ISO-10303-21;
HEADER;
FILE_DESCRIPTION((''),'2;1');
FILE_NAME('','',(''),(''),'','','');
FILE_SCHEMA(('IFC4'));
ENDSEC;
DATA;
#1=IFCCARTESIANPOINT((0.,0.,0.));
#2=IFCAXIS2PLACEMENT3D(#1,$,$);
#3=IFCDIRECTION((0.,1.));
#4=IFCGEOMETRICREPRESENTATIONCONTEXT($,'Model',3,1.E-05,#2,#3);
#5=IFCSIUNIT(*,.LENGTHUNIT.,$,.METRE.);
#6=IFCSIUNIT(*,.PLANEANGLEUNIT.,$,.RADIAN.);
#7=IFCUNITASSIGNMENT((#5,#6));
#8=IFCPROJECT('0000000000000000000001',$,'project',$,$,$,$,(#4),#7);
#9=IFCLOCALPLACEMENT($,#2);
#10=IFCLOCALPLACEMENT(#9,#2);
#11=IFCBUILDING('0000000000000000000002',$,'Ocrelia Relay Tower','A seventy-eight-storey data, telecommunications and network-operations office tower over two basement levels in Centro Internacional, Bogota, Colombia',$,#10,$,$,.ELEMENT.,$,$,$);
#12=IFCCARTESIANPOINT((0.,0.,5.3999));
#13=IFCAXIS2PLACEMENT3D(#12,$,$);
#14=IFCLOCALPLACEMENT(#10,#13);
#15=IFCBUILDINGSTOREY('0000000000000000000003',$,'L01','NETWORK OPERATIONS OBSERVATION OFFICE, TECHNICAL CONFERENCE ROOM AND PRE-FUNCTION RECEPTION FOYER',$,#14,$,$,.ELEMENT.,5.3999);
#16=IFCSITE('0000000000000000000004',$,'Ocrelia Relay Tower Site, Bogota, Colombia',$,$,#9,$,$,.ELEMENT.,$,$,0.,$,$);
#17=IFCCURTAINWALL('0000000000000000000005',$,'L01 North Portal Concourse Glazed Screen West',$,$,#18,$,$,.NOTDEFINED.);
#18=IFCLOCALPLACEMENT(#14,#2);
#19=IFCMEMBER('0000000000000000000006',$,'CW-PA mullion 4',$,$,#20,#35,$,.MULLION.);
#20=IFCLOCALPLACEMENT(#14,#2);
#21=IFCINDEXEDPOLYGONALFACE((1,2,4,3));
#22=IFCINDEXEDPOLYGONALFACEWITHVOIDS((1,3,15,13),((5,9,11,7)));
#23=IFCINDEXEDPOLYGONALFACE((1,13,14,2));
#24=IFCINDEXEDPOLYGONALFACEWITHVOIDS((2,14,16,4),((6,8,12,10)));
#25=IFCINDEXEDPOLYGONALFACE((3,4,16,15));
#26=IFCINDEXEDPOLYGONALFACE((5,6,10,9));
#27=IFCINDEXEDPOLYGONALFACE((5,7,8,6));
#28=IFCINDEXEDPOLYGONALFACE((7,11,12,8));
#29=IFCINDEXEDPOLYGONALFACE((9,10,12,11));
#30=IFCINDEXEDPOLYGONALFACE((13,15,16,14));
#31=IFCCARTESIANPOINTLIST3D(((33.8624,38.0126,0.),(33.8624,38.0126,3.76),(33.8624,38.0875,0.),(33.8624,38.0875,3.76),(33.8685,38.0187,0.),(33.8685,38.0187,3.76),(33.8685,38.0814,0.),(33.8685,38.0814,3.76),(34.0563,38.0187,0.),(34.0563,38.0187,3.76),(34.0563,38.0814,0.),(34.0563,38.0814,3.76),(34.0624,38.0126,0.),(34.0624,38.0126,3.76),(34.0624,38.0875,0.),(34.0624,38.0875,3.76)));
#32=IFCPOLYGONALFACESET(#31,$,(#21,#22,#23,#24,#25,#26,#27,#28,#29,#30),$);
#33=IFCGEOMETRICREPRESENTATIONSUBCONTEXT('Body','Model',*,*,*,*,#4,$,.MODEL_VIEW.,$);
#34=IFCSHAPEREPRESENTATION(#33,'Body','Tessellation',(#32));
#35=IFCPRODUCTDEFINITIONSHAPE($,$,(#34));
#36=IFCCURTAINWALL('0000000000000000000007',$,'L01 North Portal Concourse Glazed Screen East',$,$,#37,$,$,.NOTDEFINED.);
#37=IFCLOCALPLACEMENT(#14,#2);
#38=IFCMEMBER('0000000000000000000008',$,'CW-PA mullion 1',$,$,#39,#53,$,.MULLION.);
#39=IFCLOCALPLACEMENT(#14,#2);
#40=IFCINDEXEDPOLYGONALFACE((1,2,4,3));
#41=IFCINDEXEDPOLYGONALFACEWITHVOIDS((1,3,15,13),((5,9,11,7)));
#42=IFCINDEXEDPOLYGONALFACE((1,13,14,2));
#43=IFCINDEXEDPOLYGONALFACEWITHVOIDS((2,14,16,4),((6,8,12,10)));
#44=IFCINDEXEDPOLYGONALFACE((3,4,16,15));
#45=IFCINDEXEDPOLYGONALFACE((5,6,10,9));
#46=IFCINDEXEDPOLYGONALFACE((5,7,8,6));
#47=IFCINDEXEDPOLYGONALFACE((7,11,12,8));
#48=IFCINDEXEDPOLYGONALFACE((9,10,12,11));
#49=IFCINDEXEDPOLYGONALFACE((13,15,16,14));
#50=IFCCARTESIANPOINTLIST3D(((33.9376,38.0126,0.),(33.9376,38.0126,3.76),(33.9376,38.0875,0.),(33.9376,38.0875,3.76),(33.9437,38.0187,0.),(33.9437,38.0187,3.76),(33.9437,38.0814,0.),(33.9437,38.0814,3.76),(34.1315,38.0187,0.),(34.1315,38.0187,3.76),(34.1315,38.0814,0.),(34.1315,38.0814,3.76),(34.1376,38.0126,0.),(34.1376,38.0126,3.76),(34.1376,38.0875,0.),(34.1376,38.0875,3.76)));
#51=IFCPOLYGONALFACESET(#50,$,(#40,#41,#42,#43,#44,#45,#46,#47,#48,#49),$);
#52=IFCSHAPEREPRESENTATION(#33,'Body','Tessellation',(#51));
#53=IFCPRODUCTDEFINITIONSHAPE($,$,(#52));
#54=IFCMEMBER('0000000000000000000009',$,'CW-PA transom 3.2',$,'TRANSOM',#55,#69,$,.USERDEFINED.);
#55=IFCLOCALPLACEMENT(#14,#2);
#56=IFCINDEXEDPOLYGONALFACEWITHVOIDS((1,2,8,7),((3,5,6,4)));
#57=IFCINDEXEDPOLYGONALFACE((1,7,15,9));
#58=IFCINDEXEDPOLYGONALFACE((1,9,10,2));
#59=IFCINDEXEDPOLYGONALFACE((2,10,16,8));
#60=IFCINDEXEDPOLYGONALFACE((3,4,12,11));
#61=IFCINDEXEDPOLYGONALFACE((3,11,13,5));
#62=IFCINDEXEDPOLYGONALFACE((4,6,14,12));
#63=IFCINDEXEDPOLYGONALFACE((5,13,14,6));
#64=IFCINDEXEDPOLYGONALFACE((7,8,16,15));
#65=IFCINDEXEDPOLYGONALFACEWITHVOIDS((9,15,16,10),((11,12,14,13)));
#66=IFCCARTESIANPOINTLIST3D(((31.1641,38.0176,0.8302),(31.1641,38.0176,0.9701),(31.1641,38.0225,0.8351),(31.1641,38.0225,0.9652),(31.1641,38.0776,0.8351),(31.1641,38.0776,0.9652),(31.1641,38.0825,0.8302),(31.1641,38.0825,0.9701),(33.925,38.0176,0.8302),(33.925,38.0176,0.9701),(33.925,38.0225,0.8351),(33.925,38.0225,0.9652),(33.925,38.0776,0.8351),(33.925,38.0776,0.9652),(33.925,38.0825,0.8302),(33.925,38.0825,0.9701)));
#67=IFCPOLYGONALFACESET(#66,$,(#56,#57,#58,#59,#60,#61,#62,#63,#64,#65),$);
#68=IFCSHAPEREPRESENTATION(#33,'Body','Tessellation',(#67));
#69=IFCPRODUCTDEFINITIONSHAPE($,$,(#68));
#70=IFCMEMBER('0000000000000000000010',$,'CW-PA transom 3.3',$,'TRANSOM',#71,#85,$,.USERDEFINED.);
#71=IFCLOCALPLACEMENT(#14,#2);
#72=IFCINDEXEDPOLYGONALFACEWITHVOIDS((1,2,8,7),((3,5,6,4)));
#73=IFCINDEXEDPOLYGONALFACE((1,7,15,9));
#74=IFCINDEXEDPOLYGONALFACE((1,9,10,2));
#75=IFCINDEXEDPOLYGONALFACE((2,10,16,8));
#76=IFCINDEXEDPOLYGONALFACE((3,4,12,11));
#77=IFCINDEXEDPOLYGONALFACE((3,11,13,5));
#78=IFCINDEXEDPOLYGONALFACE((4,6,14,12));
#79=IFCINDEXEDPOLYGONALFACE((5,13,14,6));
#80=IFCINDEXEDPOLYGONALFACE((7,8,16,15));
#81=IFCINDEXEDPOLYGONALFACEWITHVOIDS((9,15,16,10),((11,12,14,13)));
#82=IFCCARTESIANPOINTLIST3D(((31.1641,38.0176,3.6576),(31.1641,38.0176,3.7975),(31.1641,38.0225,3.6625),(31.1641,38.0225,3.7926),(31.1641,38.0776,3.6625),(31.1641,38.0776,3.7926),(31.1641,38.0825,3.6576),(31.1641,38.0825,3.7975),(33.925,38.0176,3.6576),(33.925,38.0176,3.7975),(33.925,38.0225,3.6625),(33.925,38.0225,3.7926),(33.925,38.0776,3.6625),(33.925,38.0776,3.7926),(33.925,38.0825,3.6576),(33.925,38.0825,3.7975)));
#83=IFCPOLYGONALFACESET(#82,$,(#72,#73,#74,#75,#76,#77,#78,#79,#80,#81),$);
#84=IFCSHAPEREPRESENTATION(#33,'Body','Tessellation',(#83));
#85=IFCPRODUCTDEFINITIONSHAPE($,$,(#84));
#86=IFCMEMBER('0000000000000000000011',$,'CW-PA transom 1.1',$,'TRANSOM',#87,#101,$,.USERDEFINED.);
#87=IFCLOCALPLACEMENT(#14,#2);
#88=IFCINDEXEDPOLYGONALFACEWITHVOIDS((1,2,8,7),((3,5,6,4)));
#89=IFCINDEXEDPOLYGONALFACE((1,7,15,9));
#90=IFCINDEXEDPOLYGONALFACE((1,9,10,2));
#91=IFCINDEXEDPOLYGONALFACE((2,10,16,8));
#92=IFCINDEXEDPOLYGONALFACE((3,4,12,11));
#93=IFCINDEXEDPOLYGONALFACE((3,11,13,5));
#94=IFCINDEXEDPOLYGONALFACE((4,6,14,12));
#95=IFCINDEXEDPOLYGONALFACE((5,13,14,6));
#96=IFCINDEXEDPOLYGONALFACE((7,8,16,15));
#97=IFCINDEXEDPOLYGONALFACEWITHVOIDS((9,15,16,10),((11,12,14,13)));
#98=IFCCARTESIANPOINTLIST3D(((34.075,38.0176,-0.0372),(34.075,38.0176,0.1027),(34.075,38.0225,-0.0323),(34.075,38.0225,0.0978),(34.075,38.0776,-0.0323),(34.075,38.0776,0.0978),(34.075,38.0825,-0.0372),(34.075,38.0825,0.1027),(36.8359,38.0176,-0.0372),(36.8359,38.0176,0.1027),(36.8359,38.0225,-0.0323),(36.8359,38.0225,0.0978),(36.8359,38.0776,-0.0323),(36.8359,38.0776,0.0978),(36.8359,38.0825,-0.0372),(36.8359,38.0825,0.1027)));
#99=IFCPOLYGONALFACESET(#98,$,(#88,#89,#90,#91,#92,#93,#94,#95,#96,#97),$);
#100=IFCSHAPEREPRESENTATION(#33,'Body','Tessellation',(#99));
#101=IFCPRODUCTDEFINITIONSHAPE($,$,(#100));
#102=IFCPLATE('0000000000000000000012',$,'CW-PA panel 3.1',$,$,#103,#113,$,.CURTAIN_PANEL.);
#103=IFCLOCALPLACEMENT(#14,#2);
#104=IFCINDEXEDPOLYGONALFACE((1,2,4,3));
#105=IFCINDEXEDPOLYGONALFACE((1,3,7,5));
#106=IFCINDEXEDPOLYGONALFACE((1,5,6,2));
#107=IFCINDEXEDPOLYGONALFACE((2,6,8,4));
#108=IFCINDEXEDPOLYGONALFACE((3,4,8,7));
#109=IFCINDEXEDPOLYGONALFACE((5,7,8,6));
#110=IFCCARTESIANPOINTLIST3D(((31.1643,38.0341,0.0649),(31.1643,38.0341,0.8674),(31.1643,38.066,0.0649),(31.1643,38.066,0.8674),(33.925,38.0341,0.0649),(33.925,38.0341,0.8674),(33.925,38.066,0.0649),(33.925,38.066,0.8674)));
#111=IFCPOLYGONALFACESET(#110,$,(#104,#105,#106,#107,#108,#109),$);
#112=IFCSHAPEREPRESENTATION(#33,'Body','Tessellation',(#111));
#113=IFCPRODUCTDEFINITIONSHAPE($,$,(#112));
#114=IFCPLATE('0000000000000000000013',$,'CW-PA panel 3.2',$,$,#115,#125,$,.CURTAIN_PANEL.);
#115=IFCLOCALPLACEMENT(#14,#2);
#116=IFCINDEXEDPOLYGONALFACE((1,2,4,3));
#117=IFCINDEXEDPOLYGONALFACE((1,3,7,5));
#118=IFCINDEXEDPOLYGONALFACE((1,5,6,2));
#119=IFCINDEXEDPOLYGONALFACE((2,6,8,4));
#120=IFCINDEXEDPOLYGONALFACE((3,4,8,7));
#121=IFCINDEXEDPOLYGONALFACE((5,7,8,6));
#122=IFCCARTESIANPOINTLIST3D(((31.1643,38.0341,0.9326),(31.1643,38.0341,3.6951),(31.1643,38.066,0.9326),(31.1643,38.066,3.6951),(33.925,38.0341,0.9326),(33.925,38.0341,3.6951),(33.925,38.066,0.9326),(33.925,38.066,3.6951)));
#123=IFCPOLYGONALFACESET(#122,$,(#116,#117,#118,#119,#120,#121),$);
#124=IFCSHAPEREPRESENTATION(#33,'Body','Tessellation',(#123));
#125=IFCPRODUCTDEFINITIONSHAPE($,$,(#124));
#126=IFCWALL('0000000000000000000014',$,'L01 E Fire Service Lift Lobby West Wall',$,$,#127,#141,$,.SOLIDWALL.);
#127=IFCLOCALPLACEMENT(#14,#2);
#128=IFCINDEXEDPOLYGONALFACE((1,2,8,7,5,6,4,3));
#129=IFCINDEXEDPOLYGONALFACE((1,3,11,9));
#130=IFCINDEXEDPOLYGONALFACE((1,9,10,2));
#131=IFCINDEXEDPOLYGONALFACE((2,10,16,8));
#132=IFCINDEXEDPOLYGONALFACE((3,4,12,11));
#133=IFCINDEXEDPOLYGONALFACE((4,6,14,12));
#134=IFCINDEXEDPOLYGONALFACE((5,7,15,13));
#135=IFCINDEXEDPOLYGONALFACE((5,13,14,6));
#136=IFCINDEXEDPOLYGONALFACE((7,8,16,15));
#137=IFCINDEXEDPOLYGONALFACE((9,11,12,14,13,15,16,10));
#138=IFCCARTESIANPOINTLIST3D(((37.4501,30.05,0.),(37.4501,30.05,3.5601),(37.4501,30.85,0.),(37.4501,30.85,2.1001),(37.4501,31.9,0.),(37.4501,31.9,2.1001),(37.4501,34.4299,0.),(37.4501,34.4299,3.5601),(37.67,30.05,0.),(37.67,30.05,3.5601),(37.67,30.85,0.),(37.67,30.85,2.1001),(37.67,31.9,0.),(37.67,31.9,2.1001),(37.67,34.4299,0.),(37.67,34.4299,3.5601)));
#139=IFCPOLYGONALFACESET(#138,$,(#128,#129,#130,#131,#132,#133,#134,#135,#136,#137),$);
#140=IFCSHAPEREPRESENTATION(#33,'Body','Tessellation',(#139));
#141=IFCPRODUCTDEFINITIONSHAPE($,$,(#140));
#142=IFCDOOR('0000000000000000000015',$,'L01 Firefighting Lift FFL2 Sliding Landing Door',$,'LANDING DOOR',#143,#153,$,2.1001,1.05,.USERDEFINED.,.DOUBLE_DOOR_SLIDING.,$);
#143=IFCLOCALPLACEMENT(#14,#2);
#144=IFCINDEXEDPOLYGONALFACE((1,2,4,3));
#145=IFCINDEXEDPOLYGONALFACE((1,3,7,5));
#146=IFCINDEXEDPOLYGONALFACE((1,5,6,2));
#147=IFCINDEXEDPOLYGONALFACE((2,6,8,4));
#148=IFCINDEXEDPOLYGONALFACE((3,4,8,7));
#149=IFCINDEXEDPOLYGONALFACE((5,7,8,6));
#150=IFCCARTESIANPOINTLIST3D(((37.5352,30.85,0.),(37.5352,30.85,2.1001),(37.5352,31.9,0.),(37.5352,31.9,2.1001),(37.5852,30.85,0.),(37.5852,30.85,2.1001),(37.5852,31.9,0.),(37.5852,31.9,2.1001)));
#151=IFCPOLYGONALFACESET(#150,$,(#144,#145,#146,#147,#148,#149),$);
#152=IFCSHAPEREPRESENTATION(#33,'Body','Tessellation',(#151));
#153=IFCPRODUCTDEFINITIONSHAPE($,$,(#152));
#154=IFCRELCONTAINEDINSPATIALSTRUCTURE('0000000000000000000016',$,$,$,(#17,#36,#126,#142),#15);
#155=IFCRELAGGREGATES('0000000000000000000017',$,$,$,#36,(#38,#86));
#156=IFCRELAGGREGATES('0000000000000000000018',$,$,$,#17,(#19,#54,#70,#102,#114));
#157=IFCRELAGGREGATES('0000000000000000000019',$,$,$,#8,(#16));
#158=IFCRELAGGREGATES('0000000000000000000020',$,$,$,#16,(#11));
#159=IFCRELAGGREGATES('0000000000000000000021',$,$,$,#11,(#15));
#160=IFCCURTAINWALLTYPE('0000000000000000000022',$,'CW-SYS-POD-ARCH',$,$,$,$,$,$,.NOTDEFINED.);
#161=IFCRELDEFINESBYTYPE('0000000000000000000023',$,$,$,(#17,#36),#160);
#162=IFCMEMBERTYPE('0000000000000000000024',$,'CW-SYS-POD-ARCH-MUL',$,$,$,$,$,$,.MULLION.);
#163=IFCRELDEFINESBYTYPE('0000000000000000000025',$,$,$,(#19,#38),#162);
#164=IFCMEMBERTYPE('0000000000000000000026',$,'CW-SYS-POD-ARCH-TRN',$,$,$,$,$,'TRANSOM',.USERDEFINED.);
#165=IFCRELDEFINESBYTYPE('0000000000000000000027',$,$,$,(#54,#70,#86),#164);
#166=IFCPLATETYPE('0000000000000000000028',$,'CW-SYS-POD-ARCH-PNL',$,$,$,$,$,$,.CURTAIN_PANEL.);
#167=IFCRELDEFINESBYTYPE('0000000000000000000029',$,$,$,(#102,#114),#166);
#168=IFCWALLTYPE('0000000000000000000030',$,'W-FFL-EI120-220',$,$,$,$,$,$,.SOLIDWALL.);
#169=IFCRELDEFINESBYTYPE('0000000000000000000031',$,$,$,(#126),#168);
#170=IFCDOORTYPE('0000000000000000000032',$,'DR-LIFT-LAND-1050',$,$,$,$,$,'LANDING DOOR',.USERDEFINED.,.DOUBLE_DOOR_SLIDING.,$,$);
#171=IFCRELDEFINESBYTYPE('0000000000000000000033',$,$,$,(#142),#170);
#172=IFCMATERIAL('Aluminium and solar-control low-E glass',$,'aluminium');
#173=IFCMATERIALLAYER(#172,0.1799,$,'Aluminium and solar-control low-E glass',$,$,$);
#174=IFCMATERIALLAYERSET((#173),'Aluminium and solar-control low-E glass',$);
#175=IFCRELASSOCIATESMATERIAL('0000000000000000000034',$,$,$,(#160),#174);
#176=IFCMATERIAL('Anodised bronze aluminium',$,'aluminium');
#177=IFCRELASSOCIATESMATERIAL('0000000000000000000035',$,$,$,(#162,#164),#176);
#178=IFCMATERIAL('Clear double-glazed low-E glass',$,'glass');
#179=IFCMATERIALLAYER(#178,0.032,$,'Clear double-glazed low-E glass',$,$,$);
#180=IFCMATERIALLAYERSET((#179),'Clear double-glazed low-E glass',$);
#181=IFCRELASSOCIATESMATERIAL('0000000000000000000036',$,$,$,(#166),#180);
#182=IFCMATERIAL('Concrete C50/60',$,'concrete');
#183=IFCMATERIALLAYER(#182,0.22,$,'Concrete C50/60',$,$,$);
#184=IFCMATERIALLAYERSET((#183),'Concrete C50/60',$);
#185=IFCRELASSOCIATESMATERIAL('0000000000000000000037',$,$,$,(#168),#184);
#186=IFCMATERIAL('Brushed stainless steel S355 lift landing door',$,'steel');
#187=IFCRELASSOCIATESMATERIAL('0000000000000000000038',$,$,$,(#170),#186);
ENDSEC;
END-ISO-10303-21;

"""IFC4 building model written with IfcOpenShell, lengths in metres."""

from ifc_helpers import new_model, si_unit, direction, frame, frame_2d, origin, origin_2d, place, context, subcontext, project, spatial, rectangle, hollow_rectangle, extrude, material, layer, layer_set, material_profile, profile_set, type_object, element, fill, aggregate, save


model = new_model("IFC4")

# Units and contexts
model_context = context("Model", 3, precision=1e-05, world=origin(), true_north=direction((0.0, 1.0)))
body_context = subcontext(model_context, "Body", "Model", "MODEL_VIEW")
ifc_project = project(units=[si_unit("LENGTHUNIT", "METRE"), si_unit("PLANEANGLEUNIT", "RADIAN")], contexts=[model_context])

# Site, building, storey
site_placement = place(None, origin())
site = spatial("IfcSite", under=ifc_project, at=site_placement, Name="Ocrelia Relay Tower Site, Bogota, Colombia", CompositionType="ELEMENT", RefElevation=0.0)
building_placement = place(site_placement, origin())
building = spatial("IfcBuilding", under=site, at=building_placement, Name="Ocrelia Relay Tower", Description="A seventy-eight-storey data, telecommunications and network-operations office tower over two basement levels in Centro Internacional, Bogota, Colombia", CompositionType="ELEMENT")
storey_placement = place(building_placement, frame((0.0, 0.0, 5.3999)))
storey = spatial("IfcBuildingStorey", under=building, at=storey_placement, Name="L01", Description="NETWORK OPERATIONS OBSERVATION OFFICE, TECHNICAL CONFERENCE ROOM AND PRE-FUNCTION RECEPTION FOYER", CompositionType="ELEMENT", Elevation=5.3999)

# Curtain walls, members
ifc_material_1 = material(Name="Aluminium and solar-control low-E glass", Category="aluminium")
ifc_layer_1 = layer(ifc_material_1, 0.1799, Name="Aluminium and solar-control low-E glass")
ifc_layer_set_1 = layer_set([ifc_layer_1], Name="Aluminium and solar-control low-E glass")
curtain_wall_type = type_object("IfcCurtainWallType", Name="CW-SYS-POD-ARCH", PredefinedType="NOTDEFINED", material=ifc_layer_set_1)
curtain_wall_1_placement = place(storey_placement, origin())
curtain_wall_1 = element("IfcCurtainWall", 1, at=curtain_wall_1_placement, inside=storey, type_object=curtain_wall_type, Name="L01 North Portal Concourse Glazed Screen West", PredefinedType="NOTDEFINED")
ifc_material_2 = material(Name="Anodised bronze aluminium", Category="aluminium")
ifc_material_profile_1 = material_profile(ifc_material_2, hollow_rectangle(XDim=0.075, YDim=0.2, WallThickness=0.0061, at=origin_2d()), Name="CW-MUL-200x75")
ifc_profile_set_1 = profile_set([ifc_material_profile_1], Name="Anodised bronze aluminium")
member_type_1 = type_object("IfcMemberType", Name="CW-SYS-POD-ARCH-MUL", PredefinedType="MULLION", material=ifc_profile_set_1)
member_1_placement = place(storey_placement, frame((33.9624, 38.05, 0.0), z_axis=(0.0, 0.0, 1.0), x_axis=(0.0, 1.0, 0.0)))
member_1 = element("IfcMember", 2, at=member_1_placement, type_object=member_type_1, Name="CW-PA mullion 4", PredefinedType="MULLION", context=body_context, shape_type="SweptSolid", body=[
    extrude(hollow_rectangle(XDim=0.075, YDim=0.2, WallThickness=0.0061, at=origin_2d()), origin(), (0.0, 0.0, 1.0), 3.76),
])
curtain_wall_2_placement = place(storey_placement, origin())
curtain_wall_2 = element("IfcCurtainWall", 3, at=curtain_wall_2_placement, inside=storey, type_object=curtain_wall_type, Name="L01 North Portal Concourse Glazed Screen East", PredefinedType="NOTDEFINED")
member_2_placement = place(storey_placement, frame((34.0376, 38.05, 0.0), z_axis=(0.0, 0.0, 1.0), x_axis=(0.0, 1.0, 0.0)))
member_2 = element("IfcMember", 4, at=member_2_placement, type_object=member_type_1, Name="CW-PA mullion 1", PredefinedType="MULLION", context=body_context, shape_type="SweptSolid", body=[
    extrude(hollow_rectangle(XDim=0.075, YDim=0.2, WallThickness=0.0061, at=origin_2d()), origin(), (0.0, 0.0, 1.0), 3.76),
])

# Members
ifc_material_profile_2 = material_profile(ifc_material_2, hollow_rectangle(XDim=0.0649, YDim=0.1399, WallThickness=0.0049, at=origin_2d()), Name="CW-TRN-140x65")
ifc_profile_set_2 = profile_set([ifc_material_profile_2], Name="Anodised bronze aluminium")
member_type_2 = type_object("IfcMemberType", Name="CW-SYS-POD-ARCH-TRN", ElementType="TRANSOM", PredefinedType="USERDEFINED", material=ifc_profile_set_2)
member_3_placement = place(storey_placement, frame((31.1641, 38.05, 0.9001), z_axis=(1.0, 0.0, 0.0), x_axis=(0.0, 1.0, 0.0)))
member_3 = element("IfcMember", 5, at=member_3_placement, type_object=member_type_2, Name="CW-PA transom 3.2", ObjectType="TRANSOM", PredefinedType="USERDEFINED", context=body_context, shape_type="SweptSolid", body=[
    extrude(hollow_rectangle(XDim=0.0649, YDim=0.1399, WallThickness=0.0049, at=origin_2d()), origin(), (0.0, 0.0, 1.0), 2.761),
])
member_4_placement = place(storey_placement, frame((31.1641, 38.05, 3.7275), z_axis=(1.0, 0.0, 0.0), x_axis=(0.0, 1.0, 0.0)))
member_4 = element("IfcMember", 6, at=member_4_placement, type_object=member_type_2, Name="CW-PA transom 3.3", ObjectType="TRANSOM", PredefinedType="USERDEFINED", context=body_context, shape_type="SweptSolid", body=[
    extrude(hollow_rectangle(XDim=0.0649, YDim=0.1399, WallThickness=0.0049, at=origin_2d()), origin(), (0.0, 0.0, 1.0), 2.761),
])
member_5_placement = place(storey_placement, frame((34.075, 38.05, 0.0327), z_axis=(1.0, 0.0, 0.0), x_axis=(0.0, 1.0, 0.0)))
member_5 = element("IfcMember", 7, at=member_5_placement, type_object=member_type_2, Name="CW-PA transom 1.1", ObjectType="TRANSOM", PredefinedType="USERDEFINED", context=body_context, shape_type="SweptSolid", body=[
    extrude(hollow_rectangle(XDim=0.0649, YDim=0.1399, WallThickness=0.0049, at=origin_2d()), origin(), (0.0, 0.0, 1.0), 2.761),
])
aggregate(curtain_wall_2, [member_2, member_5])

# Plates
ifc_material_3 = material(Name="Clear double-glazed low-E glass", Category="glass")
ifc_layer_2 = layer(ifc_material_3, 0.032, Name="Clear double-glazed low-E glass")
ifc_layer_set_2 = layer_set([ifc_layer_2], Name="Clear double-glazed low-E glass")
plate_type = type_object("IfcPlateType", Name="CW-SYS-POD-ARCH-PNL", PredefinedType="CURTAIN_PANEL", material=ifc_layer_set_2)
plate_1_placement = place(storey_placement, frame((32.5447, 38.05, 0.0649), z_axis=(0.0, 0.0, 1.0), x_axis=(1.0, 0.0, 0.0)))
plate_1 = element("IfcPlate", 8, at=plate_1_placement, type_object=plate_type, Name="CW-PA panel 3.1", PredefinedType="CURTAIN_PANEL", context=body_context, shape_type="SweptSolid", body=[
    extrude(rectangle(XDim=2.7607, YDim=0.032, at=origin_2d()), origin(), (0.0, 0.0, 1.0), 0.8025),
])
plate_2_placement = place(storey_placement, frame((32.5447, 38.05, 0.9326), z_axis=(0.0, 0.0, 1.0), x_axis=(1.0, 0.0, 0.0)))
plate_2 = element("IfcPlate", 9, at=plate_2_placement, type_object=plate_type, Name="CW-PA panel 3.2", PredefinedType="CURTAIN_PANEL", context=body_context, shape_type="SweptSolid", body=[
    extrude(rectangle(XDim=2.7607, YDim=0.032, at=origin_2d()), origin(), (0.0, 0.0, 1.0), 2.7625),
])
aggregate(curtain_wall_1, [member_1, member_3, member_4, plate_1, plate_2])

# Wall, opening, door
ifc_material_4 = material(Name="Concrete C50/60", Category="concrete")
ifc_layer_3 = layer(ifc_material_4, 0.22, Name="Concrete C50/60")
ifc_layer_set_3 = layer_set([ifc_layer_3], Name="Concrete C50/60")
wall_type_1 = type_object("IfcWallType", Name="W-FFL-EI120-220", PredefinedType="SOLIDWALL", material=ifc_layer_set_3)
wall_1_placement = place(storey_placement, frame((37.5601, 30.05, 0.0), z_axis=(0.0, 0.0, 1.0), x_axis=(0.0, 1.0, 0.0)))
wall_1 = element("IfcWall", 10, at=wall_1_placement, inside=storey, type_object=wall_type_1, Name="L01 E Fire Service Lift Lobby West Wall", PredefinedType="SOLIDWALL", context=body_context, shape_type="SweptSolid", body=[
    extrude(rectangle(XDim=4.3799, YDim=0.22, at=frame_2d((2.1899, 0.0))), origin(), (0.0, 0.0, 1.0), 3.5601),
])
opening_1_placement = place(wall_1_placement, frame((0.8, 0.0, 0.0)))
opening_1 = element("IfcOpeningElement", 11, at=opening_1_placement, cuts=wall_1, PredefinedType="OPENING", context=body_context, shape_type="SweptSolid", body=[
    extrude(rectangle(XDim=1.05, YDim=2.1001, at=frame_2d((0.5249, 1.05))), frame((0.0, 0.1201, 0.0), z_axis=(0.0, -1.0, 0.0), x_axis=(1.0, 0.0, 0.0)), (0.0, 0.0, 1.0), 0.24),
])
ifc_material_5 = material(Name="Brushed stainless steel S355 lift landing door", Category="steel")
door_type_1 = type_object("IfcDoorType", Name="DR-LIFT-LAND-1050", ElementType="LANDING DOOR", OperationType="DOUBLE_DOOR_SLIDING", PredefinedType="USERDEFINED", material=ifc_material_5)
door_1_placement = place(opening_1_placement, origin())
door_1 = element("IfcDoor", 12, at=door_1_placement, inside=storey, type_object=door_type_1, Name="L01 Firefighting Lift FFL2 Sliding Landing Door", ObjectType="LANDING DOOR", OperationType="DOUBLE_DOOR_SLIDING", OverallHeight=2.1001, OverallWidth=1.05, PredefinedType="USERDEFINED", context=body_context, shape_type="SweptSolid", body=[
    extrude(rectangle(XDim=1.05, YDim=2.1001, at=frame_2d((0.5249, 1.05))), frame((0.0, 0.0249, 0.0), z_axis=(0.0, -1.0, 0.0), x_axis=(1.0, 0.0, 0.0)), (0.0, 0.0, 1.0), 0.05),
])
fill(opening_1, door_1)

save(model, "model.ifc")
